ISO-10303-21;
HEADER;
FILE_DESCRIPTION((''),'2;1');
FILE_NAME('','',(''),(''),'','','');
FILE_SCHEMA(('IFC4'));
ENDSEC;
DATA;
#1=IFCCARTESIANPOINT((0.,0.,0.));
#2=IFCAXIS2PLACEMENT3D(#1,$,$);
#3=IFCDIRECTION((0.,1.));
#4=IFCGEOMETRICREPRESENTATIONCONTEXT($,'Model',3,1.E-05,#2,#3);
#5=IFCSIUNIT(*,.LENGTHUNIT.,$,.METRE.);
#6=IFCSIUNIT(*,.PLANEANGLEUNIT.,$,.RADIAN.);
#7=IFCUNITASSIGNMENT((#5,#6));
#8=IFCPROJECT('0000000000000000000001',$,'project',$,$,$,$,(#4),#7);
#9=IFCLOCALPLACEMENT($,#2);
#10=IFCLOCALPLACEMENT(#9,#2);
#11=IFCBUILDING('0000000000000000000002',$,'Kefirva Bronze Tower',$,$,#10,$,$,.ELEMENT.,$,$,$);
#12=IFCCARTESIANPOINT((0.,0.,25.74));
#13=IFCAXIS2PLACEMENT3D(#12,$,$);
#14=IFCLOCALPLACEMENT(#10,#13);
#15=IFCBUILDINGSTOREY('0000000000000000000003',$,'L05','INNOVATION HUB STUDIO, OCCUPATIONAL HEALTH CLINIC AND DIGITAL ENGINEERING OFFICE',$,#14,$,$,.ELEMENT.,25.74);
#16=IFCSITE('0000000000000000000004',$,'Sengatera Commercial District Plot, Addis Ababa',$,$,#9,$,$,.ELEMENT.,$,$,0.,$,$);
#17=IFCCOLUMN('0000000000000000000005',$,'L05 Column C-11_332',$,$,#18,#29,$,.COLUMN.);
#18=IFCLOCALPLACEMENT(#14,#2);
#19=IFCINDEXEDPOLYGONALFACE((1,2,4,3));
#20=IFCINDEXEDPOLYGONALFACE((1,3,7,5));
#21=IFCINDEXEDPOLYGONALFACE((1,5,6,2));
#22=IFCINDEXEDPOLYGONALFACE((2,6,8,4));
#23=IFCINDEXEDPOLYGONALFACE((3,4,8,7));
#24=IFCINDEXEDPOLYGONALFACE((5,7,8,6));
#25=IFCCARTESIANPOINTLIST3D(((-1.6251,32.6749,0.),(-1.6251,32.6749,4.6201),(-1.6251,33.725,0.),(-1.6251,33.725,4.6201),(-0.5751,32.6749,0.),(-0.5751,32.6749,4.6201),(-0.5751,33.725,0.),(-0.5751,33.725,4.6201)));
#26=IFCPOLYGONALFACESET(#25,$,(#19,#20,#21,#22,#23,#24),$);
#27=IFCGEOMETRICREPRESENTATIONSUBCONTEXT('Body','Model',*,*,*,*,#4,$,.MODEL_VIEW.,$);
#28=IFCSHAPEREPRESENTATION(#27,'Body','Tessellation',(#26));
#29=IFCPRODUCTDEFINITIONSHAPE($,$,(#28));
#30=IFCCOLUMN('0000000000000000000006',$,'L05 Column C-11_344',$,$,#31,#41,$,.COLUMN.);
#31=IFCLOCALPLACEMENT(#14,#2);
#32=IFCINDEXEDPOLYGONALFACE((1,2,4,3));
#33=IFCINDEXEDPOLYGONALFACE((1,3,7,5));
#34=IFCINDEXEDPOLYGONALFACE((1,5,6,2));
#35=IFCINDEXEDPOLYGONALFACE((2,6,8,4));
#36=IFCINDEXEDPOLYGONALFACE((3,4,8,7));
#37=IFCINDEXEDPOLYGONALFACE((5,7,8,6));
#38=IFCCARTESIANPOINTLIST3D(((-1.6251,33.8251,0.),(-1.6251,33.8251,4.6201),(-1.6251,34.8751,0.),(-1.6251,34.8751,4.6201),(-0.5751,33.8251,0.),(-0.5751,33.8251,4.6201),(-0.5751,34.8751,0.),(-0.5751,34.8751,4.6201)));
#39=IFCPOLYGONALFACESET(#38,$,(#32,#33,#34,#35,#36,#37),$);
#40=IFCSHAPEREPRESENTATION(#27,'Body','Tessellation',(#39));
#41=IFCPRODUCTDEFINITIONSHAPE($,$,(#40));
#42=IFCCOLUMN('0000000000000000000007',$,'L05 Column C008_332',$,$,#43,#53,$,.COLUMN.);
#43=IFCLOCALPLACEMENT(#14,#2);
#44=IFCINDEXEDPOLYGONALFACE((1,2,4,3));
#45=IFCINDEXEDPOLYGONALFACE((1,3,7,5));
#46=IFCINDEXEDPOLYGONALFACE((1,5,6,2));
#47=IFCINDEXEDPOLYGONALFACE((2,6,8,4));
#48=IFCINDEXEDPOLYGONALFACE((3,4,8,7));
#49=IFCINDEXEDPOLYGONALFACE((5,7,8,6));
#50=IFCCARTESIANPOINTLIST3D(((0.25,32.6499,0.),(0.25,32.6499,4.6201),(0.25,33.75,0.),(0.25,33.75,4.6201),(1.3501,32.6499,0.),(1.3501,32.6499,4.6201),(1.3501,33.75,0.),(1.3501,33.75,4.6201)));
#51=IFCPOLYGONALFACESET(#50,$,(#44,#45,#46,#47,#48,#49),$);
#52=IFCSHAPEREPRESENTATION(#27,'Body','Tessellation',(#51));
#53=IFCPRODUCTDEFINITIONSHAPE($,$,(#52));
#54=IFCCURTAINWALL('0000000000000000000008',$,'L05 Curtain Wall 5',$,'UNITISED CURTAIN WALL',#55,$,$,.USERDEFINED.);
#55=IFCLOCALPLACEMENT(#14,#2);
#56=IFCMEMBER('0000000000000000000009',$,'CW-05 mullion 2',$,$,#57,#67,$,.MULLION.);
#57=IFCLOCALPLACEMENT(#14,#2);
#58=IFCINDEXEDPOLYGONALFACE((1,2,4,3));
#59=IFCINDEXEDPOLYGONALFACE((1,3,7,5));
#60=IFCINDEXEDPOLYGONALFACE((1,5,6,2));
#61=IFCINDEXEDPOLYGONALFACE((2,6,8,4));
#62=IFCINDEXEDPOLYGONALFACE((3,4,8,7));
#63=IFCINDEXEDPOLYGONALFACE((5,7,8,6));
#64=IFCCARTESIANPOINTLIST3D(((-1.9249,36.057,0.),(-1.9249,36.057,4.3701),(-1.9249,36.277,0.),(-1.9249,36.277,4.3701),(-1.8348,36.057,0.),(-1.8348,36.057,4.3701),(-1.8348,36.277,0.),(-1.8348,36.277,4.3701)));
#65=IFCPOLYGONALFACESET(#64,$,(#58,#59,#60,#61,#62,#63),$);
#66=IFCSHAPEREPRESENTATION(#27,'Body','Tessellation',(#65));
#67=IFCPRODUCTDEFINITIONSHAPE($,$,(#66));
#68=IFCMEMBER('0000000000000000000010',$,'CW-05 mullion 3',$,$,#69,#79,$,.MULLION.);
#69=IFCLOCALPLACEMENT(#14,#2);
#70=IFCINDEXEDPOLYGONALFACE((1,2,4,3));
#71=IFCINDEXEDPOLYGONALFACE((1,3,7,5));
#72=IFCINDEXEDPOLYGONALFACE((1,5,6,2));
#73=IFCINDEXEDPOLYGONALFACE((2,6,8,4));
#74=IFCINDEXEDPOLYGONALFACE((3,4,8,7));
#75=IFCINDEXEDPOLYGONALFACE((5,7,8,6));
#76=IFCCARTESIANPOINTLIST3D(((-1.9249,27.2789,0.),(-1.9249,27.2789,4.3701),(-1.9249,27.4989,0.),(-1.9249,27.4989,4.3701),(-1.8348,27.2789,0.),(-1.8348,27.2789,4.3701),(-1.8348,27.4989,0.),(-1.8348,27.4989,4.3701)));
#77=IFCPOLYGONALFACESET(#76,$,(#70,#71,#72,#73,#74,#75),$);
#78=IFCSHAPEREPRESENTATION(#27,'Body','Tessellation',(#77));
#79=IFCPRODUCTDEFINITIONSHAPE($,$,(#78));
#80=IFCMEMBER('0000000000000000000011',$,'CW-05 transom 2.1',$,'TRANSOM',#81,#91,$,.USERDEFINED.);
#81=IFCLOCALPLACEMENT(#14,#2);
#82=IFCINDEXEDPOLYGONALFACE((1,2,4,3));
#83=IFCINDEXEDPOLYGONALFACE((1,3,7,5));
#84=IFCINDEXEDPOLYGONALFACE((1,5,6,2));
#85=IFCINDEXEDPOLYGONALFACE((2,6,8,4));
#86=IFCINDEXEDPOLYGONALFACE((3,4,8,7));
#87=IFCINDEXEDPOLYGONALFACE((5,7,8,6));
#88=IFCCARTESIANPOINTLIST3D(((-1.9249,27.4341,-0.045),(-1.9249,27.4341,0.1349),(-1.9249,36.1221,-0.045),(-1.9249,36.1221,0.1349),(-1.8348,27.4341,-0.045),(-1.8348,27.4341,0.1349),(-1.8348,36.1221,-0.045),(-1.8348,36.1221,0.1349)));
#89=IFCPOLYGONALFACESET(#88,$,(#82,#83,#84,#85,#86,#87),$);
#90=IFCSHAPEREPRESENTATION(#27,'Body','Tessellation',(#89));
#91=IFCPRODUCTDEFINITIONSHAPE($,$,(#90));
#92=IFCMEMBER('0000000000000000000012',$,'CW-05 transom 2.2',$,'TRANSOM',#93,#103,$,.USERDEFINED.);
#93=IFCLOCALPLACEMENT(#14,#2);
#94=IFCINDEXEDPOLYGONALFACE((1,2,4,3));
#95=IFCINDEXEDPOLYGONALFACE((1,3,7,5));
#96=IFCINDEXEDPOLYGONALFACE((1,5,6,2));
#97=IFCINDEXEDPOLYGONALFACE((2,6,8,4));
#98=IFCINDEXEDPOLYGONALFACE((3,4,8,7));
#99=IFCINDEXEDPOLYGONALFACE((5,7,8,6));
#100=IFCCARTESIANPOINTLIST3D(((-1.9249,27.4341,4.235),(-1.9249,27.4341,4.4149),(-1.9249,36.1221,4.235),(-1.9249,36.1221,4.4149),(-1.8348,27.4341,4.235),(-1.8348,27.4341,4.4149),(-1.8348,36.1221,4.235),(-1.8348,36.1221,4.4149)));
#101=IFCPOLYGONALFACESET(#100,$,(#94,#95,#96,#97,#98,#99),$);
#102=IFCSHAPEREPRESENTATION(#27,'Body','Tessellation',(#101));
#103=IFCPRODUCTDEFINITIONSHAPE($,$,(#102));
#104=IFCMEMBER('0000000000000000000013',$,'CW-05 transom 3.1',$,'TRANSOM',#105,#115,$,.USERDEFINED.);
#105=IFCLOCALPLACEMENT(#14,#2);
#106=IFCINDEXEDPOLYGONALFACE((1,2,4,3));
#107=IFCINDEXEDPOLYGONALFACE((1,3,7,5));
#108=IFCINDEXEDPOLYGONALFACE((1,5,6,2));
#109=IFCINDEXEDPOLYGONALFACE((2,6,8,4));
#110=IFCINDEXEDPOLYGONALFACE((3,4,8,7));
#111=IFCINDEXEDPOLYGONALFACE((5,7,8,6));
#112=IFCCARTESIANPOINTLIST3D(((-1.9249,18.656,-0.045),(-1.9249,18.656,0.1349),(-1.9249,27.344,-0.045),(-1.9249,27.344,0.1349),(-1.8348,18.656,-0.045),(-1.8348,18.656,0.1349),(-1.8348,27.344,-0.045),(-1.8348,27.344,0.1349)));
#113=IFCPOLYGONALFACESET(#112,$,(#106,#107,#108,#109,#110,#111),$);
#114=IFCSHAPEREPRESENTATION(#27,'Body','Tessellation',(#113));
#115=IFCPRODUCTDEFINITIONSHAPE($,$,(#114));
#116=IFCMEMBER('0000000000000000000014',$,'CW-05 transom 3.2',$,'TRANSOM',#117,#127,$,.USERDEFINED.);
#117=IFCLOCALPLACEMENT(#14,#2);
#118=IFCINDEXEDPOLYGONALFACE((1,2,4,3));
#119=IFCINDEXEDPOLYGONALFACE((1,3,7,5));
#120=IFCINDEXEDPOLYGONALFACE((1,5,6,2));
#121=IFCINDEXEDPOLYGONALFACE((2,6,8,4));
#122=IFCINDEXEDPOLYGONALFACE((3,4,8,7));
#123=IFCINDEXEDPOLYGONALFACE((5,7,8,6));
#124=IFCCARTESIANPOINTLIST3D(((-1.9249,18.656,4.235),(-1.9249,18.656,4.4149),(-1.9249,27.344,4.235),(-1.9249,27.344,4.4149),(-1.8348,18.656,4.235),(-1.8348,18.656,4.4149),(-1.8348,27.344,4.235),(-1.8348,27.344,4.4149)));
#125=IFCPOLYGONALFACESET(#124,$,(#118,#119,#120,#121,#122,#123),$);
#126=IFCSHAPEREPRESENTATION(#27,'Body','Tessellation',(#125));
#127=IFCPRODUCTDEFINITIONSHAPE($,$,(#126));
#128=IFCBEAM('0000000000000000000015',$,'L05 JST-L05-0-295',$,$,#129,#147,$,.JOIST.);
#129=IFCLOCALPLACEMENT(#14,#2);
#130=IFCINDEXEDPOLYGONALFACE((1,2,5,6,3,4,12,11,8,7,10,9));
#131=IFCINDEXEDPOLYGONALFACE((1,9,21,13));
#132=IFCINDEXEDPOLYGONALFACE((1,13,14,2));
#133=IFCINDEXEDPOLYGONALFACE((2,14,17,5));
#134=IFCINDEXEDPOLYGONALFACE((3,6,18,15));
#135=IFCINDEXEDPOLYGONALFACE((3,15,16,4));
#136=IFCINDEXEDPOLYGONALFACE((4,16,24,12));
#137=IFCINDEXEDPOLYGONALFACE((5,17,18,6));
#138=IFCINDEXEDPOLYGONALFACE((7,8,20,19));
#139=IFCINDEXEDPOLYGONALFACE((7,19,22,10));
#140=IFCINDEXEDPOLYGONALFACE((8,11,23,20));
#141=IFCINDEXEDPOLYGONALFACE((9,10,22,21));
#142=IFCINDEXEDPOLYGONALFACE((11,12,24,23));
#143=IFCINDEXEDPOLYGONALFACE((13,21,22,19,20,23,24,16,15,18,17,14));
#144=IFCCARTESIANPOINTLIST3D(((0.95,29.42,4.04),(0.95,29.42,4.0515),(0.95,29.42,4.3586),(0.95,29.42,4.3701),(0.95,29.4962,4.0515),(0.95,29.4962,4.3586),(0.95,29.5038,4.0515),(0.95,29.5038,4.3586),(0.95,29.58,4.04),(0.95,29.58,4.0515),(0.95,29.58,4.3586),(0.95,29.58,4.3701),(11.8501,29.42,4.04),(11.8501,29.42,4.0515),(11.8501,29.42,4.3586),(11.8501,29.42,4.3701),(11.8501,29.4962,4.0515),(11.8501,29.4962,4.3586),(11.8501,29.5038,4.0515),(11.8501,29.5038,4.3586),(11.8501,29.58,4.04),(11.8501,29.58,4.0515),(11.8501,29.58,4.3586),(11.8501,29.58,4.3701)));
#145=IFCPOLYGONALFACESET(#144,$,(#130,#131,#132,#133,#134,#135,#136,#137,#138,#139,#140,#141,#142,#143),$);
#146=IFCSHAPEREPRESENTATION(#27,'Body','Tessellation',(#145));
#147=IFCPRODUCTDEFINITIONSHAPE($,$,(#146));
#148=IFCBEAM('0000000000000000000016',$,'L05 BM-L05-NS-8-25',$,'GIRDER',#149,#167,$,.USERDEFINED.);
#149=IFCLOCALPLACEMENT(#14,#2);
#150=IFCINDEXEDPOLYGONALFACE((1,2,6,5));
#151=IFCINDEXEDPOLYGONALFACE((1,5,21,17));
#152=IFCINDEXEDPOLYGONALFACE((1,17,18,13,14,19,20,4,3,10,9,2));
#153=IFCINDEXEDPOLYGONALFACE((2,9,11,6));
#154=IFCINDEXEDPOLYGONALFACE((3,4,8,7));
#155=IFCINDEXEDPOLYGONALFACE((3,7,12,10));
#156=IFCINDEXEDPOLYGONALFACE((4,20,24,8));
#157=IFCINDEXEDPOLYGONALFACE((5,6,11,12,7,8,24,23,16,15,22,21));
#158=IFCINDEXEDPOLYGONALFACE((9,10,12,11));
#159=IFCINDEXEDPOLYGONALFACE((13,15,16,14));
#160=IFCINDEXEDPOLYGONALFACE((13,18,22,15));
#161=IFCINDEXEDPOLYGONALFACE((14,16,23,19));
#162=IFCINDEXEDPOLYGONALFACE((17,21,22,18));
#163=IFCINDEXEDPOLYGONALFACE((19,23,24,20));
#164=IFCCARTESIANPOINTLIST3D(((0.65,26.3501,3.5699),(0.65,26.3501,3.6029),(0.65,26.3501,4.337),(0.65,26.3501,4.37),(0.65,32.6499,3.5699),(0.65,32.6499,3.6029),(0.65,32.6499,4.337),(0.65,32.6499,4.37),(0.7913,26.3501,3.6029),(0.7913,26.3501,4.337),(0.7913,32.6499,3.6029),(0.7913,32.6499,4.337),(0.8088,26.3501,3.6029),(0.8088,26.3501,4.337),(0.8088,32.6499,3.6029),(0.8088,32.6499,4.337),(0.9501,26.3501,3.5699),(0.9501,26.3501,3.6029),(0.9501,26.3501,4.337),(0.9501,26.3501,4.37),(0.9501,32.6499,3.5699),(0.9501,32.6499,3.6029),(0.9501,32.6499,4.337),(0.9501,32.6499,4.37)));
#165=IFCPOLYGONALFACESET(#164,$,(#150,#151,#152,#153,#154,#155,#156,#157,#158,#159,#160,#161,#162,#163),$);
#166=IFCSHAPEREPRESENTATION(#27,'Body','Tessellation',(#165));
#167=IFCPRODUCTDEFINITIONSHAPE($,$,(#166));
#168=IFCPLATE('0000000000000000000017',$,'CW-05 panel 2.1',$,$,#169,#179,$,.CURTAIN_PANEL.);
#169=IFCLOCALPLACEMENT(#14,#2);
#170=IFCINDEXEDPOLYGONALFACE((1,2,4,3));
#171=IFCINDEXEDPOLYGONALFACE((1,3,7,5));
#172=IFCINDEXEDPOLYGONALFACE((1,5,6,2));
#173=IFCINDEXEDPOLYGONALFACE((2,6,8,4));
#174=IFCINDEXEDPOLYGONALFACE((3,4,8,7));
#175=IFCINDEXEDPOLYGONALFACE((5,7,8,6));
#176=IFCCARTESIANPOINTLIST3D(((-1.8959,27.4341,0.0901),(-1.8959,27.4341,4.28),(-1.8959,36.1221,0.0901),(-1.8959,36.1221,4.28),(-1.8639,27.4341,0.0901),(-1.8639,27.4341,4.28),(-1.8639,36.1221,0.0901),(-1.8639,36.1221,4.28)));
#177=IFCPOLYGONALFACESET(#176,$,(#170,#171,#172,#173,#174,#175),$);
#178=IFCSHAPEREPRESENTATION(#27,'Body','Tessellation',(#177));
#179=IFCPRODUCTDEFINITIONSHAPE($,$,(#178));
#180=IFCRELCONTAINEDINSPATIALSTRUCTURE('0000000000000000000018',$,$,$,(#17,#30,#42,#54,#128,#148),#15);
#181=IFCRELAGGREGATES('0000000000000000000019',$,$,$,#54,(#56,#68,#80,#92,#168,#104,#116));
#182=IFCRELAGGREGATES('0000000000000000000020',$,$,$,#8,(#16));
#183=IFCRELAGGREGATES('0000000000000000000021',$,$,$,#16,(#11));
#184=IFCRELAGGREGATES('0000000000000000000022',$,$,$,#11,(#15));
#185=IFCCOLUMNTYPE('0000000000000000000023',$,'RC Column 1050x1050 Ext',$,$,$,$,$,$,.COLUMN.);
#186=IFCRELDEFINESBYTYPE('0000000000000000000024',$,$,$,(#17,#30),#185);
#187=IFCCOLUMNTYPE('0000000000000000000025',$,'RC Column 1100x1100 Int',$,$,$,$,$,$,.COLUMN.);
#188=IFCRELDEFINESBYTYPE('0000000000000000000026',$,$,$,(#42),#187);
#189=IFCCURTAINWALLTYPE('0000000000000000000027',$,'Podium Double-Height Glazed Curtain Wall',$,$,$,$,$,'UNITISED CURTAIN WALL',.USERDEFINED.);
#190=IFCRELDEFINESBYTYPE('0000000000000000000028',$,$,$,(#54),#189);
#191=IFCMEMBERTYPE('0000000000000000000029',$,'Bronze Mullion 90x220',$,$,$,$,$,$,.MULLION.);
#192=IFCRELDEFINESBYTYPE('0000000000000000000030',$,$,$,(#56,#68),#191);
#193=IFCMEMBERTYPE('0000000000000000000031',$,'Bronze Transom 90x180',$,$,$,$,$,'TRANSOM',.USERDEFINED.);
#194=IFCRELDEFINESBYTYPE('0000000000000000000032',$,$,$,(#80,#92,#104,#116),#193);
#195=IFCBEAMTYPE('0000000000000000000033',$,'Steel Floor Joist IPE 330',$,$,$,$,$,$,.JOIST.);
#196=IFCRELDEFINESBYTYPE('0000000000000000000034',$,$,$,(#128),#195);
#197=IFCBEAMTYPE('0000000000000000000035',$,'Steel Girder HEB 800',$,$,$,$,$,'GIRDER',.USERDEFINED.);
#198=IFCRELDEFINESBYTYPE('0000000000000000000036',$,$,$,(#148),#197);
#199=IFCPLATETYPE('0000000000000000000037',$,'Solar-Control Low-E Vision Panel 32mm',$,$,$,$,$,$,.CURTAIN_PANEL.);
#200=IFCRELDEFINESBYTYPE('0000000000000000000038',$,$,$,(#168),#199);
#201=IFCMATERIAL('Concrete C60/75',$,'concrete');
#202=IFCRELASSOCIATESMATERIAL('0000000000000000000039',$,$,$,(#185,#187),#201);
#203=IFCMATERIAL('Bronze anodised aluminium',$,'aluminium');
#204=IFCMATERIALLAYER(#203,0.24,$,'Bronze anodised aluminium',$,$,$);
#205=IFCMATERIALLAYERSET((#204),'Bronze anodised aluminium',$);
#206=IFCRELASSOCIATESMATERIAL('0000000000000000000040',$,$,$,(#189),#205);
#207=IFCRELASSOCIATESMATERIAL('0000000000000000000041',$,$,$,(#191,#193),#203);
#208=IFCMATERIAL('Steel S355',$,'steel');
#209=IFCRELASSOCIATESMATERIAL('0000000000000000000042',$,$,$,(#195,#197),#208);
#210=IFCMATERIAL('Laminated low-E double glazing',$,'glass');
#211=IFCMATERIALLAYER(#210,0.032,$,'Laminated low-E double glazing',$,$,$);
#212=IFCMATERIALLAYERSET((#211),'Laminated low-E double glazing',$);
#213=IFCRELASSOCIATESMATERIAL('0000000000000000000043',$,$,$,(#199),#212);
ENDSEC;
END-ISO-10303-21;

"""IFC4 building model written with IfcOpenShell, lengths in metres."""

from ifc_helpers import new_model, si_unit, direction, frame, origin, origin_2d, place, context, subcontext, project, spatial, rectangle, i_section, extrude, material, layer, layer_set, material_profile, profile_set, type_object, element, aggregate, save


model = new_model("IFC4")

# Units and contexts
model_context = context("Model", 3, precision=1e-05, world=origin(), true_north=direction((0.0, 1.0)))
body_context = subcontext(model_context, "Body", "Model", "MODEL_VIEW")
ifc_project = project(units=[si_unit("LENGTHUNIT", "METRE"), si_unit("PLANEANGLEUNIT", "RADIAN")], contexts=[model_context])

# Site, building, storey
site_placement = place(None, origin())
site = spatial("IfcSite", under=ifc_project, at=site_placement, Name="Sengatera Commercial District Plot, Addis Ababa", CompositionType="ELEMENT", RefElevation=0.0)
building_placement = place(site_placement, origin())
building = spatial("IfcBuilding", under=site, at=building_placement, Name="Kefirva Bronze Tower", CompositionType="ELEMENT")
storey_placement = place(building_placement, frame((0.0, 0.0, 25.74)))
storey = spatial("IfcBuildingStorey", under=building, at=storey_placement, Name="L05", Description="INNOVATION HUB STUDIO, OCCUPATIONAL HEALTH CLINIC AND DIGITAL ENGINEERING OFFICE", CompositionType="ELEMENT", Elevation=25.74)

# Columns
ifc_material_1 = material(Name="Concrete C60/75", Category="concrete")
ifc_material_profile_1 = material_profile(ifc_material_1, rectangle(XDim=1.05, YDim=1.05, at=origin_2d()), Name="RC 1050x1050")
ifc_profile_set_1 = profile_set([ifc_material_profile_1], Name="Concrete C60/75")
column_type_1 = type_object("IfcColumnType", Name="RC Column 1050x1050 Ext", PredefinedType="COLUMN", material=ifc_profile_set_1)
for number, where, z_axis, x_axis, name in (
    (1, (-1.1001, 33.2, 0.0), (0.0, 0.0, 1.0), (1.0, 0.0, 0.0), "L05 Column C-11_332"),
    (2, (-1.1001, 34.3501, 0.0), (0.0, 0.0, 1.0), (1.0, 0.0, 0.0), "L05 Column C-11_344"),
):
    element("IfcColumn", number, at=place(storey_placement, frame(where, z_axis=z_axis, x_axis=x_axis)), inside=storey, type_object=column_type_1, Name=name, PredefinedType="COLUMN", context=body_context, shape_type="SweptSolid", body=[
        extrude(rectangle(XDim=1.05, YDim=1.05, at=origin_2d()), origin(), (0.0, 0.0, 1.0), 4.6201),
    ])
ifc_material_profile_2 = material_profile(ifc_material_1, rectangle(XDim=1.1001, YDim=1.1001, at=origin_2d()), Name="RC 1100x1100")
ifc_profile_set_2 = profile_set([ifc_material_profile_2], Name="Concrete C60/75")
column_type_2 = type_object("IfcColumnType", Name="RC Column 1100x1100 Int", PredefinedType="COLUMN", material=ifc_profile_set_2)
column_placement = place(storey_placement, frame((0.8, 33.2, 0.0), z_axis=(0.0, 0.0, 1.0), x_axis=(1.0, 0.0, 0.0)))
element("IfcColumn", 3, at=column_placement, inside=storey, type_object=column_type_2, Name="L05 Column C008_332", PredefinedType="COLUMN", context=body_context, shape_type="SweptSolid", body=[
    extrude(rectangle(XDim=1.1001, YDim=1.1001, at=origin_2d()), origin(), (0.0, 0.0, 1.0), 4.6201),
])

# Curtain wall, members
ifc_material_2 = material(Name="Bronze anodised aluminium", Category="aluminium")
ifc_layer_1 = layer(ifc_material_2, 0.24, Name="Bronze anodised aluminium")
ifc_layer_set_1 = layer_set([ifc_layer_1], Name="Bronze anodised aluminium")
curtain_wall_type = type_object("IfcCurtainWallType", Name="Podium Double-Height Glazed Curtain Wall", ElementType="UNITISED CURTAIN WALL", PredefinedType="USERDEFINED", material=ifc_layer_set_1)
curtain_wall_placement = place(storey_placement, origin())
curtain_wall = element("IfcCurtainWall", 4, at=curtain_wall_placement, inside=storey, type_object=curtain_wall_type, Name="L05 Curtain Wall 5", ObjectType="UNITISED CURTAIN WALL", PredefinedType="USERDEFINED")
ifc_material_profile_3 = material_profile(ifc_material_2, rectangle(XDim=0.0901, YDim=0.22, at=origin_2d()), Name="ALU 90x220")
ifc_profile_set_3 = profile_set([ifc_material_profile_3], Name="Bronze anodised aluminium")
member_type_1 = type_object("IfcMemberType", Name="Bronze Mullion 90x220", PredefinedType="MULLION", material=ifc_profile_set_3)
member_1_placement = place(storey_placement, frame((-1.8799, 36.167, 0.0), z_axis=(0.0, 0.0, 1.0), x_axis=(1.0, 0.0, 0.0)))
member_1 = element("IfcMember", 5, at=member_1_placement, type_object=member_type_1, Name="CW-05 mullion 2", PredefinedType="MULLION", context=body_context, shape_type="SweptSolid", body=[
    extrude(rectangle(XDim=0.0901, YDim=0.22, at=origin_2d()), origin(), (0.0, 0.0, 1.0), 4.3701),
])
member_2_placement = place(storey_placement, frame((-1.8799, 27.3889, 0.0), z_axis=(0.0, 0.0, 1.0), x_axis=(1.0, 0.0, 0.0)))
member_2 = element("IfcMember", 6, at=member_2_placement, type_object=member_type_1, Name="CW-05 mullion 3", PredefinedType="MULLION", context=body_context, shape_type="SweptSolid", body=[
    extrude(rectangle(XDim=0.0901, YDim=0.22, at=origin_2d()), origin(), (0.0, 0.0, 1.0), 4.3701),
])
ifc_material_profile_4 = material_profile(ifc_material_2, rectangle(XDim=0.0901, YDim=0.1799, at=origin_2d()), Name="ALU 90x180")
ifc_profile_set_4 = profile_set([ifc_material_profile_4], Name="Bronze anodised aluminium")
member_type_2 = type_object("IfcMemberType", Name="Bronze Transom 90x180", ElementType="TRANSOM", PredefinedType="USERDEFINED", material=ifc_profile_set_4)
member_3_placement = place(storey_placement, frame((-1.8799, 36.1221, 0.0449), z_axis=(0.0, -1.0, 0.0), x_axis=(1.0, 0.0, 0.0)))
member_3 = element("IfcMember", 7, at=member_3_placement, type_object=member_type_2, Name="CW-05 transom 2.1", ObjectType="TRANSOM", PredefinedType="USERDEFINED", context=body_context, shape_type="SweptSolid", body=[
    extrude(rectangle(XDim=0.0901, YDim=0.1799, at=origin_2d()), origin(), (0.0, 0.0, 1.0), 8.688),
])
member_4_placement = place(storey_placement, frame((-1.8799, 36.1221, 4.325), z_axis=(0.0, -1.0, 0.0), x_axis=(1.0, 0.0, 0.0)))
member_4 = element("IfcMember", 8, at=member_4_placement, type_object=member_type_2, Name="CW-05 transom 2.2", ObjectType="TRANSOM", PredefinedType="USERDEFINED", context=body_context, shape_type="SweptSolid", body=[
    extrude(rectangle(XDim=0.0901, YDim=0.1799, at=origin_2d()), origin(), (0.0, 0.0, 1.0), 8.688),
])
member_5_placement = place(storey_placement, frame((-1.8799, 27.344, 0.0449), z_axis=(0.0, -1.0, 0.0), x_axis=(1.0, 0.0, 0.0)))
member_5 = element("IfcMember", 9, at=member_5_placement, type_object=member_type_2, Name="CW-05 transom 3.1", ObjectType="TRANSOM", PredefinedType="USERDEFINED", context=body_context, shape_type="SweptSolid", body=[
    extrude(rectangle(XDim=0.0901, YDim=0.1799, at=origin_2d()), origin(), (0.0, 0.0, 1.0), 8.688),
])
member_6_placement = place(storey_placement, frame((-1.8799, 27.344, 4.325), z_axis=(0.0, -1.0, 0.0), x_axis=(1.0, 0.0, 0.0)))
member_6 = element("IfcMember", 10, at=member_6_placement, type_object=member_type_2, Name="CW-05 transom 3.2", ObjectType="TRANSOM", PredefinedType="USERDEFINED", context=body_context, shape_type="SweptSolid", body=[
    extrude(rectangle(XDim=0.0901, YDim=0.1799, at=origin_2d()), origin(), (0.0, 0.0, 1.0), 8.688),
])

# Beams
ifc_material_3 = material(Name="Steel S355", Category="steel")
ifc_material_profile_5 = material_profile(ifc_material_3, i_section(OverallWidth=0.1599, OverallDepth=0.3301, WebThickness=0.0076, FlangeThickness=0.0115, at=origin_2d()), Name="IPE 330")
ifc_profile_set_5 = profile_set([ifc_material_profile_5], Name="Steel S355")
beam_type_1 = type_object("IfcBeamType", Name="Steel Floor Joist IPE 330", PredefinedType="JOIST", material=ifc_profile_set_5)
beam_1_placement = place(storey_placement, frame((0.95, 29.5, 4.2051), z_axis=(1.0, 0.0, 0.0), x_axis=(0.0, 1.0, 0.0)))
element("IfcBeam", 11, at=beam_1_placement, inside=storey, type_object=beam_type_1, Name="L05 JST-L05-0-295", PredefinedType="JOIST", context=body_context, shape_type="SweptSolid", body=[
    extrude(i_section(OverallWidth=0.1599, OverallDepth=0.3301, WebThickness=0.0076, FlangeThickness=0.0115, at=origin_2d()), origin(), (0.0, 0.0, 1.0), 10.9001),
])
ifc_material_profile_6 = material_profile(ifc_material_3, i_section(OverallWidth=0.3, OverallDepth=0.8, WebThickness=0.0176, FlangeThickness=0.033, at=origin_2d()), Name="HEB 800")
ifc_profile_set_6 = profile_set([ifc_material_profile_6], Name="Steel S355")
beam_type_2 = type_object("IfcBeamType", Name="Steel Girder HEB 800", ElementType="GIRDER", PredefinedType="USERDEFINED", material=ifc_profile_set_6)
beam_2_placement = place(storey_placement, frame((0.8, 26.3501, 3.97), z_axis=(0.0, 1.0, 0.0), x_axis=(-1.0, 0.0, 0.0)))
element("IfcBeam", 12, at=beam_2_placement, inside=storey, type_object=beam_type_2, Name="L05 BM-L05-NS-8-25", ObjectType="GIRDER", PredefinedType="USERDEFINED", context=body_context, shape_type="SweptSolid", body=[
    extrude(i_section(OverallWidth=0.3, OverallDepth=0.8, WebThickness=0.0176, FlangeThickness=0.033, at=origin_2d()), origin(), (0.0, 0.0, 1.0), 6.2998),
])

# Plate
ifc_material_4 = material(Name="Laminated low-E double glazing", Category="glass")
ifc_layer_2 = layer(ifc_material_4, 0.032, Name="Laminated low-E double glazing")
ifc_layer_set_2 = layer_set([ifc_layer_2], Name="Laminated low-E double glazing")
plate_type = type_object("IfcPlateType", Name="Solar-Control Low-E Vision Panel 32mm", PredefinedType="CURTAIN_PANEL", material=ifc_layer_set_2)
plate_placement = place(storey_placement, frame((-1.8799, 31.7781, 0.0901), z_axis=(0.0, 0.0, 1.0), x_axis=(0.0, -1.0, 0.0)))
plate = element("IfcPlate", 13, at=plate_placement, type_object=plate_type, Name="CW-05 panel 2.1", PredefinedType="CURTAIN_PANEL", context=body_context, shape_type="SweptSolid", body=[
    extrude(rectangle(XDim=8.688, YDim=0.032, at=origin_2d()), origin(), (0.0, 0.0, 1.0), 4.1899),
])
aggregate(curtain_wall, [member_1, member_2, member_3, member_4, plate, member_5, member_6])

save(model, "model.ifc")
